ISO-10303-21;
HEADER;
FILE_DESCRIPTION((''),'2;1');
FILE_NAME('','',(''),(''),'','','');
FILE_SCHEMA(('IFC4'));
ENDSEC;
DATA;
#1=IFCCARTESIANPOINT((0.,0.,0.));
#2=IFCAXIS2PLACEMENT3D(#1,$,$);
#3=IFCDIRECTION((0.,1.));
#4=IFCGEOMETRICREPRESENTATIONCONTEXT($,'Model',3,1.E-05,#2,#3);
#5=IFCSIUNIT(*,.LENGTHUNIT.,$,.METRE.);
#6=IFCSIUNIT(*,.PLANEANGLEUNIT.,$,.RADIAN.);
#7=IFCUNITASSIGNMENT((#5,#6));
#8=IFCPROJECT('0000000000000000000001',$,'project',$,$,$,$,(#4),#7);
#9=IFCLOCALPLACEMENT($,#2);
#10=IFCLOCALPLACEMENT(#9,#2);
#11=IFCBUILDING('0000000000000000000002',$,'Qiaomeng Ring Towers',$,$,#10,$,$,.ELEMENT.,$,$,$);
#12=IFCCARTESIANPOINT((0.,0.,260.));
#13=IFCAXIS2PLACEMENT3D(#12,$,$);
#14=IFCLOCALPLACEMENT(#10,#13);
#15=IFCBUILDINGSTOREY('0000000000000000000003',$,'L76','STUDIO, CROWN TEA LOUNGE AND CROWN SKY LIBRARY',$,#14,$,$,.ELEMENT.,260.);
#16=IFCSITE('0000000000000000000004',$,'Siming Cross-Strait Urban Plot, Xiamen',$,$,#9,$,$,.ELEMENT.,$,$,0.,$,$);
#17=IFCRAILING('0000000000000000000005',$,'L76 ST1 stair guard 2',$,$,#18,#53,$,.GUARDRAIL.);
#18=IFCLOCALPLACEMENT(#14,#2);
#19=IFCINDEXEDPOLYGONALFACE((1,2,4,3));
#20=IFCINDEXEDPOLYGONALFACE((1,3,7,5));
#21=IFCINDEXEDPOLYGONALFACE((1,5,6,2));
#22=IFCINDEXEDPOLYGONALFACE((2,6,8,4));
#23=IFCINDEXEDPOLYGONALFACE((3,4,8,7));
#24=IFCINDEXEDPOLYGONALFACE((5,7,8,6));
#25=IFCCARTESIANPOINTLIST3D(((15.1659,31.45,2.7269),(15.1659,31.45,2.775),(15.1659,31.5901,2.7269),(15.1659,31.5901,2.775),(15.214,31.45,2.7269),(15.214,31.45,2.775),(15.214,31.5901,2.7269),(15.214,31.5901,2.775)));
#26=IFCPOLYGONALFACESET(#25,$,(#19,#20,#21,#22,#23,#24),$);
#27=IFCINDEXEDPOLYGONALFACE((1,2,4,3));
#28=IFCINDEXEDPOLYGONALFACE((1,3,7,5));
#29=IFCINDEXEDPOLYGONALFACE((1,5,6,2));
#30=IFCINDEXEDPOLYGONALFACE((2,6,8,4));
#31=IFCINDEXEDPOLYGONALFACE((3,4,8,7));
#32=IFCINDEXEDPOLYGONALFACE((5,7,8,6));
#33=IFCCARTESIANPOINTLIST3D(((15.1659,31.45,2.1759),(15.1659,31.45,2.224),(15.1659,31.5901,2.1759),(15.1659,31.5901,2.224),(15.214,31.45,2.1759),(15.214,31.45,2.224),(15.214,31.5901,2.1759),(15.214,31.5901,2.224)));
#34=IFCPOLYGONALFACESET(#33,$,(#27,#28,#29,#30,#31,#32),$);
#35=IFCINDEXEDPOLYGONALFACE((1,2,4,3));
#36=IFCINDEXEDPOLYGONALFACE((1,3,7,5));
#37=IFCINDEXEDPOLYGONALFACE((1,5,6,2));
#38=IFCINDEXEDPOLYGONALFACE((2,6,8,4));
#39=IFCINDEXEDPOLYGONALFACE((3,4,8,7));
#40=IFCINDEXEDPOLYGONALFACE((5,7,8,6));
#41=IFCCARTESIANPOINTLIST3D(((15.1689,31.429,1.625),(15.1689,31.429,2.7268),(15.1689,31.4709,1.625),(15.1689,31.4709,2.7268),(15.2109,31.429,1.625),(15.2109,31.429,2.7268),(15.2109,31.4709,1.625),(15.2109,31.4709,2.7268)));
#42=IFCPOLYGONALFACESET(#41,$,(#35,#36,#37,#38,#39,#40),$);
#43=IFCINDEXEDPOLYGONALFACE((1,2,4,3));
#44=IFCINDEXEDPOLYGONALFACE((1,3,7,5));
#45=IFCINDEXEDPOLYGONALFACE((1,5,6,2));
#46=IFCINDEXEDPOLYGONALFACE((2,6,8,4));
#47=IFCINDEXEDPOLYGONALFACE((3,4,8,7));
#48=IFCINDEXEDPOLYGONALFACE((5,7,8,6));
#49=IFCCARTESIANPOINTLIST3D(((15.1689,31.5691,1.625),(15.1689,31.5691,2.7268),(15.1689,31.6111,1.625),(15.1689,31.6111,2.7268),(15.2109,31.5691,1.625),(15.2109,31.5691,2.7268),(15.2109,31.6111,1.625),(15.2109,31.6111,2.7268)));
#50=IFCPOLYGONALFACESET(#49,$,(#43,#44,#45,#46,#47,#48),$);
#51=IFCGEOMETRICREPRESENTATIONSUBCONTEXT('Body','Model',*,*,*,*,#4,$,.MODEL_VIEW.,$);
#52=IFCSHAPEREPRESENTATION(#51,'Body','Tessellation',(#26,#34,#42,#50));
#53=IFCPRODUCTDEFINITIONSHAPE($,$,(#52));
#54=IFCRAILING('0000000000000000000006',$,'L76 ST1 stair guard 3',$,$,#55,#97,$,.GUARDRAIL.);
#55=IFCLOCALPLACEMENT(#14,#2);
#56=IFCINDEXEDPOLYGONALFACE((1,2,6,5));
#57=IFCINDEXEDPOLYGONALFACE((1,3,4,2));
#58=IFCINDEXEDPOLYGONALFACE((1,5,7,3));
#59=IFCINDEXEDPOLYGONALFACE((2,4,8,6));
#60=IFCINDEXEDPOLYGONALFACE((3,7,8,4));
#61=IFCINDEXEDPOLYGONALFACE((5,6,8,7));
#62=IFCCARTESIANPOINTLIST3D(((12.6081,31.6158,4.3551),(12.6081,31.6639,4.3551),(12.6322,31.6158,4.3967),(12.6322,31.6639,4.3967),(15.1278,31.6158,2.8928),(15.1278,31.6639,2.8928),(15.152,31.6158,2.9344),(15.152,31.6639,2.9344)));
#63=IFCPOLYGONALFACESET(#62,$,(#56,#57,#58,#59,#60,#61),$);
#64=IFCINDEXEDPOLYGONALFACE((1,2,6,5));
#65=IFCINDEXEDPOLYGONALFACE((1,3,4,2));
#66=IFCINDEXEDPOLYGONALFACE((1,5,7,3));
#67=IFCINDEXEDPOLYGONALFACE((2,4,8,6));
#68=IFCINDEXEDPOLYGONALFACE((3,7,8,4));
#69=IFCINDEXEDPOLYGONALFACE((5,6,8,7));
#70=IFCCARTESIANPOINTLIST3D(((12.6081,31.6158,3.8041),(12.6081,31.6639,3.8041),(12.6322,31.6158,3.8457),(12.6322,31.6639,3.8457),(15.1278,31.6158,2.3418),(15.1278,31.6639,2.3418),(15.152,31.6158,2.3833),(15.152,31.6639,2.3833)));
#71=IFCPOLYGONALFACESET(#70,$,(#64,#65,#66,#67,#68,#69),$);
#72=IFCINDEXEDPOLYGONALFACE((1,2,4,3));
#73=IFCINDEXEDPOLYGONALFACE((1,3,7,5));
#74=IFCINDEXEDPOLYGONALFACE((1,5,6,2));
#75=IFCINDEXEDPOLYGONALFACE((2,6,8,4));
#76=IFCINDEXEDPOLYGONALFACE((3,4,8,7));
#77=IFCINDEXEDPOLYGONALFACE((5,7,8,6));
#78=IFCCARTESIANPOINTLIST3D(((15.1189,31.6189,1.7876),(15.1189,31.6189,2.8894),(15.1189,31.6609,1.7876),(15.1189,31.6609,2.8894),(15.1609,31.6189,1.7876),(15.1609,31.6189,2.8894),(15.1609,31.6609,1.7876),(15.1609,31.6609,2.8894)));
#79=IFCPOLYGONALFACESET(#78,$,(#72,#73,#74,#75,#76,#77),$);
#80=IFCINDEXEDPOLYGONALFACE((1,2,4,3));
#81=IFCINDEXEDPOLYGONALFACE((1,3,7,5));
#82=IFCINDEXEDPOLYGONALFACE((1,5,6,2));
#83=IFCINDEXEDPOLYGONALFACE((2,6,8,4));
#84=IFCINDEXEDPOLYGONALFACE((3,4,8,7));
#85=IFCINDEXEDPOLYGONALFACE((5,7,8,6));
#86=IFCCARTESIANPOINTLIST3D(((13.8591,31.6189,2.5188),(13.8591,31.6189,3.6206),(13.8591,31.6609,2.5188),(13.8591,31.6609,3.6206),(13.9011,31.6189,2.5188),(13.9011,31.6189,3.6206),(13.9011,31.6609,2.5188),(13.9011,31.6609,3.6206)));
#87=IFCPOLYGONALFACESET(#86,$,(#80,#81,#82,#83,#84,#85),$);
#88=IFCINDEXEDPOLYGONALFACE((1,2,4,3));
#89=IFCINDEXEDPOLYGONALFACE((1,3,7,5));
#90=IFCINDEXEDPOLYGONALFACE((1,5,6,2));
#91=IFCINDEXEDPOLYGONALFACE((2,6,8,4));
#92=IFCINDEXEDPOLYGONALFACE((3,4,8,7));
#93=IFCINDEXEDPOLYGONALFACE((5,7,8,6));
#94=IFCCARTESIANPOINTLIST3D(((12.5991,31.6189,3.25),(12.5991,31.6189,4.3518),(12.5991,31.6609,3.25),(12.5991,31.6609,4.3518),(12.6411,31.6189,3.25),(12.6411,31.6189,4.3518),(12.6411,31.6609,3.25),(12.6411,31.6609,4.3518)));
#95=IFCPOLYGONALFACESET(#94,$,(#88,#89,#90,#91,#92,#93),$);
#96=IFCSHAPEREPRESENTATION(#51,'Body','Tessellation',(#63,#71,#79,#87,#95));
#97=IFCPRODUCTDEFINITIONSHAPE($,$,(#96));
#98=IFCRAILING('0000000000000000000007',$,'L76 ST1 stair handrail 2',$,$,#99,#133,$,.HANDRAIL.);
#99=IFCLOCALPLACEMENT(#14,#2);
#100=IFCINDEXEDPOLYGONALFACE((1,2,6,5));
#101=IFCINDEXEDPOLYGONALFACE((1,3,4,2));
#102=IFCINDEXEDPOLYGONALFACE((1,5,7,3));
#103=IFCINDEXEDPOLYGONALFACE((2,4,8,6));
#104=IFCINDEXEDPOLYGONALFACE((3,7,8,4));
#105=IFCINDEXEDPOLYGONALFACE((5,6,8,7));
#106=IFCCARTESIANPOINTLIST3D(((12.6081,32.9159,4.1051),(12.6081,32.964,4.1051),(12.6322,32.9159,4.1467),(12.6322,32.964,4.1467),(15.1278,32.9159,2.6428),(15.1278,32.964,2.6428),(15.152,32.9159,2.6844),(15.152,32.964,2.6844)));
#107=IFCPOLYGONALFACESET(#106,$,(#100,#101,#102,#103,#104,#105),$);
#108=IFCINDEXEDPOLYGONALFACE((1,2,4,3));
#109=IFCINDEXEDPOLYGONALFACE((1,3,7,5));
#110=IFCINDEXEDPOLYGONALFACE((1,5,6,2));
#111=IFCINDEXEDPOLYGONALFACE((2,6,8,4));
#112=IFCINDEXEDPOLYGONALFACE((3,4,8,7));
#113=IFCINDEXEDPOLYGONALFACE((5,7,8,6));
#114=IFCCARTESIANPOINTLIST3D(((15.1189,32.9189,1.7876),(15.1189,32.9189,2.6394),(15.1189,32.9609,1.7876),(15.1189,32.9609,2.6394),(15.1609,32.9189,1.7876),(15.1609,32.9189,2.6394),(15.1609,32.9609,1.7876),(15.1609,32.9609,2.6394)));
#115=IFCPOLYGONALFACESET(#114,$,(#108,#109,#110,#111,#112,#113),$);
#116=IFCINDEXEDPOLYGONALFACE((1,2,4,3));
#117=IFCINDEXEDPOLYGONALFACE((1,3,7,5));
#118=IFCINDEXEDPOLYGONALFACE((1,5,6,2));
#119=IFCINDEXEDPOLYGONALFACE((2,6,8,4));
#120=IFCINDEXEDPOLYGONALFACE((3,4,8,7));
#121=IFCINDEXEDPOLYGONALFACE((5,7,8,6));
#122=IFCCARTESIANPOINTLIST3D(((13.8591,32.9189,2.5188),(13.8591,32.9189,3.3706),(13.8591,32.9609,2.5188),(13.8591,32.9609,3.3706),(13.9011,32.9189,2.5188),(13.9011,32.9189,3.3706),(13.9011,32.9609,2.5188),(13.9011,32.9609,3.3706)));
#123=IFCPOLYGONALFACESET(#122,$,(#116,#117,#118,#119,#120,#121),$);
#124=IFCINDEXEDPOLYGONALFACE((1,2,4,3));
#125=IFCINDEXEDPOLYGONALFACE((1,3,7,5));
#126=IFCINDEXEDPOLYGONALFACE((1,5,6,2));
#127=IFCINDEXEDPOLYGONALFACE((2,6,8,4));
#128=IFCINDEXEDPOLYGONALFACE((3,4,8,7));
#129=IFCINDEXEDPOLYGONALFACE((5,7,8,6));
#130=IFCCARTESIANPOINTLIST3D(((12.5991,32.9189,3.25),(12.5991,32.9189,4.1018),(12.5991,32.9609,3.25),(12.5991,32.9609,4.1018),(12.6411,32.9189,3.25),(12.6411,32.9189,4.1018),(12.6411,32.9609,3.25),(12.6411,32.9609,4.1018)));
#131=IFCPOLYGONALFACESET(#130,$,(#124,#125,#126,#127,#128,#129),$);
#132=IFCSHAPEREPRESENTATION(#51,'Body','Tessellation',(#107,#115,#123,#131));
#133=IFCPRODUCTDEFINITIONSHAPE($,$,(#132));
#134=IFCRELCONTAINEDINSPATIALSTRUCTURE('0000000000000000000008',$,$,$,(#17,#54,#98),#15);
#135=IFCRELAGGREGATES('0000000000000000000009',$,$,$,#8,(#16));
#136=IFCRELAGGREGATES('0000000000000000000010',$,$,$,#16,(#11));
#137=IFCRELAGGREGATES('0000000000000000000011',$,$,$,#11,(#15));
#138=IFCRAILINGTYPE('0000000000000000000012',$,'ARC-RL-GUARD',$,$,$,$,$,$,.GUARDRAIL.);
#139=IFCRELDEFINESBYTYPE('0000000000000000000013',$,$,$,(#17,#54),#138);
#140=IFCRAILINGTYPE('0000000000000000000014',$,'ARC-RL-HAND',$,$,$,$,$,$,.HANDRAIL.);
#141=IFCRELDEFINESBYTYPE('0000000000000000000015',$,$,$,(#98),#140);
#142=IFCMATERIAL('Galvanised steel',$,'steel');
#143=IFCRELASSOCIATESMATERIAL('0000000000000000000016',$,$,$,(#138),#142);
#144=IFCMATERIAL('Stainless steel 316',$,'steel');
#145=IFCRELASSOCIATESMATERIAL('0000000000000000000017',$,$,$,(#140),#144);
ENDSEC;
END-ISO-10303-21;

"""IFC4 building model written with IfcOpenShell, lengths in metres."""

from ifc_helpers import new_model, si_unit, direction, frame, origin, origin_2d, place, context, subcontext, project, spatial, rectangle, extrude, material, type_object, element, save


model = new_model("IFC4")

# Units and contexts
model_context = context("Model", 3, precision=1e-05, world=origin(), true_north=direction((0.0, 1.0)))
body_context = subcontext(model_context, "Body", "Model", "MODEL_VIEW")
ifc_project = project(units=[si_unit("LENGTHUNIT", "METRE"), si_unit("PLANEANGLEUNIT", "RADIAN")], contexts=[model_context])

# Site, building, storey
site_placement = place(None, origin())
site = spatial("IfcSite", under=ifc_project, at=site_placement, Name="Siming Cross-Strait Urban Plot, Xiamen", CompositionType="ELEMENT", RefElevation=0.0)
building_placement = place(site_placement, origin())
building = spatial("IfcBuilding", under=site, at=building_placement, Name="Qiaomeng Ring Towers", CompositionType="ELEMENT")
storey_placement = place(building_placement, frame((0.0, 0.0, 260.0)))
storey = spatial("IfcBuildingStorey", under=building, at=storey_placement, Name="L76", Description="STUDIO, CROWN TEA LOUNGE AND CROWN SKY LIBRARY", CompositionType="ELEMENT", Elevation=260.0)

# Shared definitions
ifc_material_1 = material(Name="Galvanised steel", Category="steel")

# Shared definitions
ifc_material_2 = material(Name="Stainless steel 316", Category="steel")

# Railings
railing_type_1 = type_object("IfcRailingType", Name="ARC-RL-GUARD", PredefinedType="GUARDRAIL", material=ifc_material_1)
railing_1_placement = place(storey_placement, frame((15.1899, 31.45, 1.625)))
element("IfcRailing", 1, at=railing_1_placement, inside=storey, type_object=railing_type_1, Name="L76 ST1 stair guard 2", PredefinedType="GUARDRAIL", context=body_context, shape_type="SweptSolid", body=[
    extrude(rectangle(XDim=0.0481, YDim=0.0481, at=origin_2d()), frame((0.0, 0.0, 1.126), z_axis=(0.0, 1.0, 0.0), x_axis=(-1.0, 0.0, 0.0)), (0.0, 0.0, 1.0), 0.1401),
    extrude(rectangle(XDim=0.0481, YDim=0.0481, at=origin_2d()), frame((0.0, 0.0, 0.575), z_axis=(0.0, 1.0, 0.0), x_axis=(-1.0, 0.0, 0.0)), (0.0, 0.0, 1.0), 0.1401),
    extrude(rectangle(XDim=0.042, YDim=0.042, at=origin_2d()), origin(), (0.0, 0.0, 1.0), 1.1018),
    extrude(rectangle(XDim=0.042, YDim=0.042, at=origin_2d()), frame((0.0, 0.1401, 0.0)), (0.0, 0.0, 1.0), 1.1018),
])
railing_2_placement = place(storey_placement, frame((15.1399, 31.6399, 1.7876)))
element("IfcRailing", 2, at=railing_2_placement, inside=storey, type_object=railing_type_1, Name="L76 ST1 stair guard 3", PredefinedType="GUARDRAIL", context=body_context, shape_type="SweptSolid", body=[
    extrude(rectangle(XDim=0.0481, YDim=0.0481, at=origin_2d()), frame((0.0, 0.0, 1.126), z_axis=(-0.864892, 0.0, 0.501958), x_axis=(0.0, -1.0, 0.0)), (0.0, 0.0, 1.0), 2.9133),
    extrude(rectangle(XDim=0.0481, YDim=0.0481, at=origin_2d()), frame((0.0, 0.0, 0.575), z_axis=(-0.864892, 0.0, 0.501958), x_axis=(0.0, -1.0, 0.0)), (0.0, 0.0, 1.0), 2.9133),
    extrude(rectangle(XDim=0.042, YDim=0.042, at=origin_2d()), origin(), (0.0, 0.0, 1.0), 1.1018),
    extrude(rectangle(XDim=0.042, YDim=0.042, at=origin_2d()), frame((-1.2598, 0.0, 0.7312)), (0.0, 0.0, 1.0), 1.1018),
    extrude(rectangle(XDim=0.042, YDim=0.042, at=origin_2d()), frame((-2.5198, 0.0, 1.4624)), (0.0, 0.0, 1.0), 1.1018),
])
railing_type_2 = type_object("IfcRailingType", Name="ARC-RL-HAND", PredefinedType="HANDRAIL", material=ifc_material_2)
railing_3_placement = place(storey_placement, frame((15.1399, 32.9399, 1.7876)))
element("IfcRailing", 3, at=railing_3_placement, inside=storey, type_object=railing_type_2, Name="L76 ST1 stair handrail 2", PredefinedType="HANDRAIL", context=body_context, shape_type="SweptSolid", body=[
    extrude(rectangle(XDim=0.0481, YDim=0.0481, at=origin_2d()), frame((0.0, 0.0, 0.876), z_axis=(-0.864892, 0.0, 0.501958), x_axis=(0.0, -1.0, 0.0)), (0.0, 0.0, 1.0), 2.9133),
    extrude(rectangle(XDim=0.042, YDim=0.042, at=origin_2d()), origin(), (0.0, 0.0, 1.0), 0.8518),
    extrude(rectangle(XDim=0.042, YDim=0.042, at=origin_2d()), frame((-1.2598, 0.0, 0.7312)), (0.0, 0.0, 1.0), 0.8518),
    extrude(rectangle(XDim=0.042, YDim=0.042, at=origin_2d()), frame((-2.5198, 0.0, 1.4624)), (0.0, 0.0, 1.0), 0.8518),
])

save(model, "model.ifc")
